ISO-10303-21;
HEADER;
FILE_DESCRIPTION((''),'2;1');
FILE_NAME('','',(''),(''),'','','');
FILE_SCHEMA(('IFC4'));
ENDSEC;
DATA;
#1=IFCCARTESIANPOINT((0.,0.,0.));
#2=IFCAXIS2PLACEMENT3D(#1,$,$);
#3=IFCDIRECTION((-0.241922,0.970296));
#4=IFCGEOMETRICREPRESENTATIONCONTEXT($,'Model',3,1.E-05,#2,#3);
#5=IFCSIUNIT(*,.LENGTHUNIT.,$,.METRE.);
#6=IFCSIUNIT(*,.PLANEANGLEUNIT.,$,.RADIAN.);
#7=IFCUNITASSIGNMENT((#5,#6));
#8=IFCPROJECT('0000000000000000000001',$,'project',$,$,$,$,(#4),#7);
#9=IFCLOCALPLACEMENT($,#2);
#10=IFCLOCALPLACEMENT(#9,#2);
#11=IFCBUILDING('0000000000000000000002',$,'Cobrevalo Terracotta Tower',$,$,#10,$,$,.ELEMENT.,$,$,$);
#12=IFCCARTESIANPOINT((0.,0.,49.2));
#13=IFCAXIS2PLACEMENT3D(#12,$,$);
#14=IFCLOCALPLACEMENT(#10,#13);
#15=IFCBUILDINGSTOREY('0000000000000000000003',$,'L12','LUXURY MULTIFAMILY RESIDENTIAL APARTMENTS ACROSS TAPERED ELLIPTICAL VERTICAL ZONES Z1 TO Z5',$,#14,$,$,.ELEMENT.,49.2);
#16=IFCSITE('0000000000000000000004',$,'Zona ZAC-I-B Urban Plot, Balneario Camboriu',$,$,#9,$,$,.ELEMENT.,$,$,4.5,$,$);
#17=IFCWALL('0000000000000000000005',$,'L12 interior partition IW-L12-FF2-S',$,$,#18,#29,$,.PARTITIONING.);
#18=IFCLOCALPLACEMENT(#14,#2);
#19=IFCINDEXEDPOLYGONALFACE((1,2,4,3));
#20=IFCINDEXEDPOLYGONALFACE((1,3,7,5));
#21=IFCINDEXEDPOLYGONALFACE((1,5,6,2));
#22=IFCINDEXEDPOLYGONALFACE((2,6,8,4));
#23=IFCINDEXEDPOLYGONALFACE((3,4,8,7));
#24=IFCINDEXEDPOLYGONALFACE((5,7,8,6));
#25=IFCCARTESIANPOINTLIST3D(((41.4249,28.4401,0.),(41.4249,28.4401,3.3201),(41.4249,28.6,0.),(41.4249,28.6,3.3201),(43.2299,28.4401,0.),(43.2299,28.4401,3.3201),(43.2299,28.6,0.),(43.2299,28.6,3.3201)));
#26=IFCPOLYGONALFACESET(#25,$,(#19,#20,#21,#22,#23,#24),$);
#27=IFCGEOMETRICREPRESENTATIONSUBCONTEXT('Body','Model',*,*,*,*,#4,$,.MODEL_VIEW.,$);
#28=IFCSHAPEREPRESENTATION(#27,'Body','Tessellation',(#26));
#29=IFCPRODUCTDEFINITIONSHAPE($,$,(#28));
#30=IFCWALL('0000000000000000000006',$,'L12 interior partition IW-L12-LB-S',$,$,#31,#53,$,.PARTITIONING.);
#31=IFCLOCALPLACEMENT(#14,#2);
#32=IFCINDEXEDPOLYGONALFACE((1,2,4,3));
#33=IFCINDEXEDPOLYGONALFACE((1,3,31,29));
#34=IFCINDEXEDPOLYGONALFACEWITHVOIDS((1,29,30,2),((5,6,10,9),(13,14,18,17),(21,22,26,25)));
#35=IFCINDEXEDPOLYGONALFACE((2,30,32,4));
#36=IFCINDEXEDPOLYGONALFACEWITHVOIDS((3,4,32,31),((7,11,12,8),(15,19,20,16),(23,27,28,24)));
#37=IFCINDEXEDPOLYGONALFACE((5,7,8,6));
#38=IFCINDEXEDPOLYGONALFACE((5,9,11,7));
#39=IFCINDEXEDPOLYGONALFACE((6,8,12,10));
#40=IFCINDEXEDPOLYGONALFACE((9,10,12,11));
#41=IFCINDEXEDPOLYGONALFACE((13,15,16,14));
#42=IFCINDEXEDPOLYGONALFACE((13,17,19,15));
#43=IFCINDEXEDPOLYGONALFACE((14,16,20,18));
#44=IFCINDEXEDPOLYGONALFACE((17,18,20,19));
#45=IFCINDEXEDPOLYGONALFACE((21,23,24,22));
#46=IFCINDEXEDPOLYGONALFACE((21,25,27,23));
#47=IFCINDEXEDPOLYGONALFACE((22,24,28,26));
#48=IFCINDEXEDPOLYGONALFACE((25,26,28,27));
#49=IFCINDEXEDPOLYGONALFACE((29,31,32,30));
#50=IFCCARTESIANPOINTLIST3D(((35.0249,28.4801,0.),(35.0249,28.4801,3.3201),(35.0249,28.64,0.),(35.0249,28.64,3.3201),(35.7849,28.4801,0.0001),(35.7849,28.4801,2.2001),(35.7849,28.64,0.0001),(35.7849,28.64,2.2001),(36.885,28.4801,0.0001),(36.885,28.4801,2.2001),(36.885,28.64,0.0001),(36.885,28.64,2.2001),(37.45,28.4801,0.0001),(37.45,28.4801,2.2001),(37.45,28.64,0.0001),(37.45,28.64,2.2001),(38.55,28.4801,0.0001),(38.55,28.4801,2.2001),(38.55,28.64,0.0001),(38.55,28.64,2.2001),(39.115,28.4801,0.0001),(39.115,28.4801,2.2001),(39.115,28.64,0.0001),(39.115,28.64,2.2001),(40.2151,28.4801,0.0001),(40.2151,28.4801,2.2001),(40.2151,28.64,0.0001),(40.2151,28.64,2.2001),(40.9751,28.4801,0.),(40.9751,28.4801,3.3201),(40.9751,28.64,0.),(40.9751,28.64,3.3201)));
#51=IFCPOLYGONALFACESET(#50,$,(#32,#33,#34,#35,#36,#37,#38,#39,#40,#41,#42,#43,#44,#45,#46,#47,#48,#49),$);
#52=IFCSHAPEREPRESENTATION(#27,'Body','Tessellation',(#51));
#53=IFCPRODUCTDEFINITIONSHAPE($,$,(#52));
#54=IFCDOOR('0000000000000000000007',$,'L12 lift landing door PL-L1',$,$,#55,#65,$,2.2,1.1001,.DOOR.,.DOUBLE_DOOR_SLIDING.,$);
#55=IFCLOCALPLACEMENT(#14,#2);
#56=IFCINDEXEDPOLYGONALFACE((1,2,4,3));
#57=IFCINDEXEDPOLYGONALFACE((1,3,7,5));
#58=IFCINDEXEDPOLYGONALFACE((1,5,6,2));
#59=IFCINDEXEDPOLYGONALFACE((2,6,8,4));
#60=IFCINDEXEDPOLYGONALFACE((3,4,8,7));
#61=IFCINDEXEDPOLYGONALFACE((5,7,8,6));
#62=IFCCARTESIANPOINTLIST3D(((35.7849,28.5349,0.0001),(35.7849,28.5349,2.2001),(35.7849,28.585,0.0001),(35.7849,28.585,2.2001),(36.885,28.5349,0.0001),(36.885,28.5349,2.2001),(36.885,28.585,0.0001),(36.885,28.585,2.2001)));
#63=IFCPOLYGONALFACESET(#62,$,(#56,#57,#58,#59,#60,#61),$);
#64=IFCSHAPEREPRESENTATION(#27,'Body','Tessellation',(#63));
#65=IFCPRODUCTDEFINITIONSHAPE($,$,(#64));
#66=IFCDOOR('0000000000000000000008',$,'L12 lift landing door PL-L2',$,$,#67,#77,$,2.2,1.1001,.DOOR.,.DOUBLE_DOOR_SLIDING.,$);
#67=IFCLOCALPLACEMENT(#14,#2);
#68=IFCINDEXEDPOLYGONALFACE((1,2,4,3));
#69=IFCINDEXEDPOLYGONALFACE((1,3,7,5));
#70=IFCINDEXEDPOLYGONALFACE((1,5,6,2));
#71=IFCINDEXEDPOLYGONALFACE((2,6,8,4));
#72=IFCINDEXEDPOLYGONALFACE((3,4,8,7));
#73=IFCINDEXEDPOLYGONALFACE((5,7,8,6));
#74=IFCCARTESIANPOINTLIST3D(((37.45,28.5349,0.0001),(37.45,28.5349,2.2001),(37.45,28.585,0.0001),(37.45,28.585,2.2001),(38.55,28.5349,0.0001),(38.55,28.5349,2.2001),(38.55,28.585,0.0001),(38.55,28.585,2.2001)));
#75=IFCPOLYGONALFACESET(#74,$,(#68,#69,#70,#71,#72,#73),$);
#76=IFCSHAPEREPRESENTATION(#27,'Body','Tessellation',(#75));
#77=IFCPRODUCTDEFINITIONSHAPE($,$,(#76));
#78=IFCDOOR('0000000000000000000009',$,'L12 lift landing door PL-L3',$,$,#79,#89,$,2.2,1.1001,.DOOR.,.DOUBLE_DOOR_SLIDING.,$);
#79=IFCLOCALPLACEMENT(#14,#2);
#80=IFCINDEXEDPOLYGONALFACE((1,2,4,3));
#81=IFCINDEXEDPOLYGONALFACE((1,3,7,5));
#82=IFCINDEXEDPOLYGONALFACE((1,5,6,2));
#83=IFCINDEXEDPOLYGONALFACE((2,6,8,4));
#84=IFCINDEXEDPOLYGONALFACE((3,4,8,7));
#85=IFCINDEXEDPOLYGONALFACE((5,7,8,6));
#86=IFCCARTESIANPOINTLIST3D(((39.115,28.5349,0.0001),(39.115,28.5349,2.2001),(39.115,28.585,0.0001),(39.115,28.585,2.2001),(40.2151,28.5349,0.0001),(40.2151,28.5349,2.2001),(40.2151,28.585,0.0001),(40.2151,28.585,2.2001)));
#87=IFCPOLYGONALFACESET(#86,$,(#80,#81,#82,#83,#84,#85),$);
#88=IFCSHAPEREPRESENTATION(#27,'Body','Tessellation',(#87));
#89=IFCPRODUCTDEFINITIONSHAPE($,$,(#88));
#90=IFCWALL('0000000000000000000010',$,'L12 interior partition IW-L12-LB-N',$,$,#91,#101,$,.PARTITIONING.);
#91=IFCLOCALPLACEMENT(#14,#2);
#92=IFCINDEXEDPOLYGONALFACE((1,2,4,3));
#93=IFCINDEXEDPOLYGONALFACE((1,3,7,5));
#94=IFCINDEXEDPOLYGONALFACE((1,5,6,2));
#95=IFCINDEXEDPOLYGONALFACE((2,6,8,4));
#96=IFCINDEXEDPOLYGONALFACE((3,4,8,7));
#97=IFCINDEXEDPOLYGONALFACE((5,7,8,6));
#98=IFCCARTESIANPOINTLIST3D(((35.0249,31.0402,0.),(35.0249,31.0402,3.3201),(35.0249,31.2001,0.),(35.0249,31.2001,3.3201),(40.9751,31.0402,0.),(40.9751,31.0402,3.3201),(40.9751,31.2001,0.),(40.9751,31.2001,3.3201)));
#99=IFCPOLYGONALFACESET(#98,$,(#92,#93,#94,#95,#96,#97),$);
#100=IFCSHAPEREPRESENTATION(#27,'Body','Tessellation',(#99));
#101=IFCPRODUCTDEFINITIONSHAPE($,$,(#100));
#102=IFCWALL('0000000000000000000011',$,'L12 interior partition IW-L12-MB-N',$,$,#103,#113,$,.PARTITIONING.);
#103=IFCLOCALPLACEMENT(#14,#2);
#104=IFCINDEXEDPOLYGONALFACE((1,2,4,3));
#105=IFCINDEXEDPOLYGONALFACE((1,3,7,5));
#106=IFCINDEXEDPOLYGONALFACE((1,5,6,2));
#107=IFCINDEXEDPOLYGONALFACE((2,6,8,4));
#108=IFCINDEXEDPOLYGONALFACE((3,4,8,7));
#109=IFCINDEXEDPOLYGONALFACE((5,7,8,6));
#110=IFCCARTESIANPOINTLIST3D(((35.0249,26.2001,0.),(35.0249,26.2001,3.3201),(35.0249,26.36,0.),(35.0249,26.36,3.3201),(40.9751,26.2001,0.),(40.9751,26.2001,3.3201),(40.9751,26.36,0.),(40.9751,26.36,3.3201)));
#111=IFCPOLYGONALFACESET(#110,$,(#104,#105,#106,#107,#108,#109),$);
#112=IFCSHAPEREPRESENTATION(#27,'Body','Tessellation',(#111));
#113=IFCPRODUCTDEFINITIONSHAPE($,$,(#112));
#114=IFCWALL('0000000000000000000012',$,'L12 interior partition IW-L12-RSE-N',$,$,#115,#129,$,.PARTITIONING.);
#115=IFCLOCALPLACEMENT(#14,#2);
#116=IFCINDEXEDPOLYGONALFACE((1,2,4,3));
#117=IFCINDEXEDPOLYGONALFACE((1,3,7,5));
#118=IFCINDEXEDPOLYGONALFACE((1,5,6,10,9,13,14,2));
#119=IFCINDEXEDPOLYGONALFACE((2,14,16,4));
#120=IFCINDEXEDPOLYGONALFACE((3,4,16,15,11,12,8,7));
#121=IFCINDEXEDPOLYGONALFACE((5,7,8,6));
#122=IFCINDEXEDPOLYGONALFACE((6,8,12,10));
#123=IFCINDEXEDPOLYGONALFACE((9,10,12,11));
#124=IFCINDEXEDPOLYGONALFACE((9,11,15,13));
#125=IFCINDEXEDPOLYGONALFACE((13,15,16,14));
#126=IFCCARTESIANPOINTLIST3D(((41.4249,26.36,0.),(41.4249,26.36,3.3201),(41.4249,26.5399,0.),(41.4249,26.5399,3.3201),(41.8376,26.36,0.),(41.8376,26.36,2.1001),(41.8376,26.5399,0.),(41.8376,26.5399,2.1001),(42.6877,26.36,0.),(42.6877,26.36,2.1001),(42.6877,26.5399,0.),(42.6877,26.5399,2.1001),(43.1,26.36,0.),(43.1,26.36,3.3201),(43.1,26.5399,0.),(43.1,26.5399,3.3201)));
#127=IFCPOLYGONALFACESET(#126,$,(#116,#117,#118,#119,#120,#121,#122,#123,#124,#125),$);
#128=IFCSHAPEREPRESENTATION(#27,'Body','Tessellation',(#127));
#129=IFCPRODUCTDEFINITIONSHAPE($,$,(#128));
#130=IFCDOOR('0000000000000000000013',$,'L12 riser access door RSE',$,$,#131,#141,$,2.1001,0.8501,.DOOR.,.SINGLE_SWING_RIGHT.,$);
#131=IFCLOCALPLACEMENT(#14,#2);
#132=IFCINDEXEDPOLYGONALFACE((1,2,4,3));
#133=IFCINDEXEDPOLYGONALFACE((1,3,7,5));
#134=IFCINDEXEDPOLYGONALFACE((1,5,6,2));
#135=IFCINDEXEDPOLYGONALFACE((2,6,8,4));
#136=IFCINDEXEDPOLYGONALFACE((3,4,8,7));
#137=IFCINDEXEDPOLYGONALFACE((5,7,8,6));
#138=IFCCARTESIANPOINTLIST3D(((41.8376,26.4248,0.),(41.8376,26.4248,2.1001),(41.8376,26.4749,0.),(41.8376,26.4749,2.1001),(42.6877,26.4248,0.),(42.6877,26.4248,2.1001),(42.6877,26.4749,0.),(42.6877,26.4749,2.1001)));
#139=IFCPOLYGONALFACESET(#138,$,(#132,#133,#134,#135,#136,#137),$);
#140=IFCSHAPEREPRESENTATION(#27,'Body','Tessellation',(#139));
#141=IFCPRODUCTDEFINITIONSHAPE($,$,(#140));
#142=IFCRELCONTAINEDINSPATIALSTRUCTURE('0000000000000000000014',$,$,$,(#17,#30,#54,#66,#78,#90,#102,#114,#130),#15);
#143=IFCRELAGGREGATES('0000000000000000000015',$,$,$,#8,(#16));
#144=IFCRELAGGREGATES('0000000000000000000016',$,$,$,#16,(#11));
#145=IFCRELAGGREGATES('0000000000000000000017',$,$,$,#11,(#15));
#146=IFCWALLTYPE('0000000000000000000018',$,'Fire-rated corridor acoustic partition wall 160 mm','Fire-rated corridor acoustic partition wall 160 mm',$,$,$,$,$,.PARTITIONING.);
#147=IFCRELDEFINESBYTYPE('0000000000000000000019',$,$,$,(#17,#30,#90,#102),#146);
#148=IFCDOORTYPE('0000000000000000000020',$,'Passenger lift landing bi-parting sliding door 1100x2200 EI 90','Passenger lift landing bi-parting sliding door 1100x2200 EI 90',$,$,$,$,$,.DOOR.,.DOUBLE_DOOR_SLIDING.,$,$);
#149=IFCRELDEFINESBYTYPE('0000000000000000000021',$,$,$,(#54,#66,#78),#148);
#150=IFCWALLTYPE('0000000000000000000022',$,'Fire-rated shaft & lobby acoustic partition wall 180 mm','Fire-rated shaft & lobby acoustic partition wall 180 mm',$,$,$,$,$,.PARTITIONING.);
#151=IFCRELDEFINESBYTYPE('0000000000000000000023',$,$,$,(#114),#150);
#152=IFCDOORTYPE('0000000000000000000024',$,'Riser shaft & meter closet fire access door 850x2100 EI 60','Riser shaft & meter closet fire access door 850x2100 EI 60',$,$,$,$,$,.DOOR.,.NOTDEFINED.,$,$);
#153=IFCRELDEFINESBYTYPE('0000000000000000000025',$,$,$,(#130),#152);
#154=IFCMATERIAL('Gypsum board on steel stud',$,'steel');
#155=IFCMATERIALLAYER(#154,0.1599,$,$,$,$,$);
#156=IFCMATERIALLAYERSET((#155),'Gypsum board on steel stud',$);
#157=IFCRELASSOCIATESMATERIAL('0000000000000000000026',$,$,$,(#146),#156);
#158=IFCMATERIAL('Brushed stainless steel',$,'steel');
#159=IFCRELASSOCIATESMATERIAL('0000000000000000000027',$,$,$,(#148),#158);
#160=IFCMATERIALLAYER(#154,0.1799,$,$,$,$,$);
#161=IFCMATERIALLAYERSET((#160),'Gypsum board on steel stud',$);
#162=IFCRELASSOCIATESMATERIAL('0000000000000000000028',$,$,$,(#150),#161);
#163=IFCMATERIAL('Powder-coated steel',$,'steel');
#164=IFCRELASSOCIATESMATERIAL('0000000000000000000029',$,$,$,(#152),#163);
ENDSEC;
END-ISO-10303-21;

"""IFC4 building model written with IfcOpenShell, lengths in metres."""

from ifc_helpers import new_model, si_unit, direction, frame, frame_2d, origin, place, context, subcontext, project, spatial, rectangle, extrude, source, transform, mapped, material, layer, layer_set, type_object, element, fill, save


model = new_model("IFC4")

# Units and contexts
model_context = context("Model", 3, precision=1e-05, world=origin(), true_north=direction((-0.241922, 0.970296)))
body_context = subcontext(model_context, "Body", "Model", "MODEL_VIEW")
ifc_project = project(units=[si_unit("LENGTHUNIT", "METRE"), si_unit("PLANEANGLEUNIT", "RADIAN")], contexts=[model_context])

# Site, building, storey
site_placement = place(None, origin())
site = spatial("IfcSite", under=ifc_project, at=site_placement, Name="Zona ZAC-I-B Urban Plot, Balneario Camboriu", CompositionType="ELEMENT", RefElevation=4.5)
building_placement = place(site_placement, origin())
building = spatial("IfcBuilding", under=site, at=building_placement, Name="Cobrevalo Terracotta Tower", CompositionType="ELEMENT")
storey_placement = place(building_placement, frame((0.0, 0.0, 49.2)))
storey = spatial("IfcBuildingStorey", under=building, at=storey_placement, Name="L12", Description="LUXURY MULTIFAMILY RESIDENTIAL APARTMENTS ACROSS TAPERED ELLIPTICAL VERTICAL ZONES Z1 TO Z5", CompositionType="ELEMENT", Elevation=49.2)

# Wall
ifc_material_1 = material(Name="Gypsum board on steel stud", Category="steel")
ifc_layer_1 = layer(ifc_material_1, 0.1599)
ifc_layer_set_1 = layer_set([ifc_layer_1], Name="Gypsum board on steel stud")
wall_type_1 = type_object("IfcWallType", Name="Fire-rated corridor acoustic partition wall 160 mm", Description="Fire-rated corridor acoustic partition wall 160 mm", PredefinedType="PARTITIONING", material=ifc_layer_set_1)
wall_1_placement = place(storey_placement, frame((41.425, 28.52, 0.0), z_axis=(0.0, 0.0, 1.0), x_axis=(1.0, 0.0, 0.0)))
element("IfcWall", 1, at=wall_1_placement, inside=storey, type_object=wall_type_1, Name="L12 interior partition IW-L12-FF2-S", PredefinedType="PARTITIONING", context=body_context, shape_type="SweptSolid", body=[
    extrude(rectangle(XDim=1.8049, YDim=0.1599, at=frame_2d((0.9023, 0.0))), origin(), (0.0, 0.0, 1.0), 3.3201),
])

# Wall, openings, doors
wall_2_placement = place(storey_placement, frame((35.0249, 28.5601, 0.0), z_axis=(0.0, 0.0, 1.0), x_axis=(1.0, 0.0, 0.0)))
wall_2 = element("IfcWall", 2, at=wall_2_placement, inside=storey, type_object=wall_type_1, Name="L12 interior partition IW-L12-LB-S", PredefinedType="PARTITIONING", context=body_context, shape_type="SweptSolid", body=[
    extrude(rectangle(XDim=5.9502, YDim=0.1599, at=frame_2d((2.9751, 0.0))), origin(), (0.0, 0.0, 1.0), 3.3201),
])
opening_1_placement = place(wall_2_placement, frame((0.76, 0.0, 0.0)))
opening_1 = element("IfcOpeningElement", 3, at=opening_1_placement, cuts=wall_2, PredefinedType="OPENING", context=body_context, shape_type="SweptSolid", body=[
    extrude(rectangle(XDim=1.1001, YDim=2.2, at=frame_2d((0.55, 1.1001))), frame((0.0, 0.0898, 0.0), z_axis=(0.0, -1.0, 0.0), x_axis=(1.0, 0.0, 0.0)), (0.0, 0.0, 1.0), 0.1799),
])
opening_2_placement = place(wall_2_placement, frame((2.425, 0.0, 0.0)))
opening_2 = element("IfcOpeningElement", 4, at=opening_2_placement, cuts=wall_2, PredefinedType="OPENING", context=body_context, shape_type="SweptSolid", body=[
    extrude(rectangle(XDim=1.1001, YDim=2.2, at=frame_2d((0.55, 1.1001))), frame((0.0, 0.0898, 0.0), z_axis=(0.0, -1.0, 0.0), x_axis=(1.0, 0.0, 0.0)), (0.0, 0.0, 1.0), 0.1799),
])
opening_3_placement = place(wall_2_placement, frame((4.0901, 0.0, 0.0)))
opening_3 = element("IfcOpeningElement", 5, at=opening_3_placement, cuts=wall_2, PredefinedType="OPENING", context=body_context, shape_type="SweptSolid", body=[
    extrude(rectangle(XDim=1.1001, YDim=2.2, at=frame_2d((0.55, 1.1001))), frame((0.0, 0.0898, 0.0), z_axis=(0.0, -1.0, 0.0), x_axis=(1.0, 0.0, 0.0)), (0.0, 0.0, 1.0), 0.1799),
])
ifc_material_2 = material(Name="Brushed stainless steel", Category="steel")
door_type_1 = type_object("IfcDoorType", Name="Passenger lift landing bi-parting sliding door 1100x2200 EI 90", Description="Passenger lift landing bi-parting sliding door 1100x2200 EI 90", OperationType="DOUBLE_DOOR_SLIDING", PredefinedType="DOOR", material=ifc_material_2)
shared_shape_1 = source(origin(), body_context, "Body", "SweptSolid", [
    extrude(rectangle(XDim=1.1001, YDim=2.2, at=frame_2d((0.55, 1.1001))), frame((0.0, 0.0249, 0.0), z_axis=(0.0, -1.0, 0.0), x_axis=(1.0, 0.0, 0.0)), (0.0, 0.0, 1.0), 0.05),
])
door_1_placement = place(opening_1_placement, origin())
door_1 = element("IfcDoor", 6, at=door_1_placement, inside=storey, type_object=door_type_1, Name="L12 lift landing door PL-L1", OperationType="DOUBLE_DOOR_SLIDING", OverallHeight=2.2, OverallWidth=1.1001, PredefinedType="DOOR", context=body_context, shape_type="MappedRepresentation", body=[
    mapped(shared_shape_1, transform((0.0, 0.0, 0.0), scale=1.0)),
])
fill(opening_1, door_1)
door_2_placement = place(opening_2_placement, origin())
door_2 = element("IfcDoor", 7, at=door_2_placement, inside=storey, type_object=door_type_1, Name="L12 lift landing door PL-L2", OperationType="DOUBLE_DOOR_SLIDING", OverallHeight=2.2, OverallWidth=1.1001, PredefinedType="DOOR", context=body_context, shape_type="MappedRepresentation", body=[
    mapped(shared_shape_1, transform((0.0, 0.0, 0.0), scale=1.0)),
])
fill(opening_2, door_2)
door_3_placement = place(opening_3_placement, origin())
door_3 = element("IfcDoor", 8, at=door_3_placement, inside=storey, type_object=door_type_1, Name="L12 lift landing door PL-L3", OperationType="DOUBLE_DOOR_SLIDING", OverallHeight=2.2, OverallWidth=1.1001, PredefinedType="DOOR", context=body_context, shape_type="MappedRepresentation", body=[
    mapped(shared_shape_1, transform((0.0, 0.0, 0.0), scale=1.0)),
])
fill(opening_3, door_3)

# Walls
for number, where, z_axis, x_axis, name in (
    (9, (35.0249, 31.1201, 0.0), (0.0, 0.0, 1.0), (1.0, 0.0, 0.0), "L12 interior partition IW-L12-LB-N"),
    (10, (35.0249, 26.28, 0.0), (0.0, 0.0, 1.0), (1.0, 0.0, 0.0), "L12 interior partition IW-L12-MB-N"),
):
    element("IfcWall", number, at=place(storey_placement, frame(where, z_axis=z_axis, x_axis=x_axis)), inside=storey, type_object=wall_type_1, Name=name, PredefinedType="PARTITIONING", context=body_context, shape_type="SweptSolid", body=[
        extrude(rectangle(XDim=5.9502, YDim=0.1599, at=frame_2d((2.9751, 0.0))), origin(), (0.0, 0.0, 1.0), 3.3201),
    ])

# Wall, opening, door
ifc_layer_2 = layer(ifc_material_1, 0.1799)
ifc_layer_set_2 = layer_set([ifc_layer_2], Name="Gypsum board on steel stud")
wall_type_2 = type_object("IfcWallType", Name="Fire-rated shaft & lobby acoustic partition wall 180 mm", Description="Fire-rated shaft & lobby acoustic partition wall 180 mm", PredefinedType="PARTITIONING", material=ifc_layer_set_2)
wall_3_placement = place(storey_placement, frame((41.425, 26.45, 0.0), z_axis=(0.0, 0.0, 1.0), x_axis=(1.0, 0.0, 0.0)))
wall_3 = element("IfcWall", 11, at=wall_3_placement, inside=storey, type_object=wall_type_2, Name="L12 interior partition IW-L12-RSE-N", PredefinedType="PARTITIONING", context=body_context, shape_type="SweptSolid", body=[
    extrude(rectangle(XDim=1.675, YDim=0.1799, at=frame_2d((0.8374, 0.0))), origin(), (0.0, 0.0, 1.0), 3.3201),
])
opening_4_placement = place(wall_3_placement, frame((0.4126, 0.0, 0.0)))
opening_4 = element("IfcOpeningElement", 12, at=opening_4_placement, cuts=wall_3, PredefinedType="OPENING", context=body_context, shape_type="SweptSolid", body=[
    extrude(rectangle(XDim=0.8501, YDim=2.1001, at=frame_2d((0.425, 1.05))), frame((0.0, 0.1001, 0.0), z_axis=(0.0, -1.0, 0.0), x_axis=(1.0, 0.0, 0.0)), (0.0, 0.0, 1.0), 0.2),
])
ifc_material_3 = material(Name="Powder-coated steel", Category="steel")
door_type_2 = type_object("IfcDoorType", Name="Riser shaft & meter closet fire access door 850x2100 EI 60", Description="Riser shaft & meter closet fire access door 850x2100 EI 60", OperationType="NOTDEFINED", PredefinedType="DOOR", material=ifc_material_3)
shared_shape_2 = source(origin(), body_context, "Body", "SweptSolid", [
    extrude(rectangle(XDim=0.8501, YDim=2.1001, at=frame_2d((0.425, 1.05))), frame((0.0, 0.0249, 0.0), z_axis=(0.0, -1.0, 0.0), x_axis=(1.0, 0.0, 0.0)), (0.0, 0.0, 1.0), 0.05),
])
door_4_placement = place(opening_4_placement, origin())
door_4 = element("IfcDoor", 13, at=door_4_placement, inside=storey, type_object=door_type_2, Name="L12 riser access door RSE", OperationType="SINGLE_SWING_RIGHT", OverallHeight=2.1001, OverallWidth=0.8501, PredefinedType="DOOR", context=body_context, shape_type="MappedRepresentation", body=[
    mapped(shared_shape_2, transform((0.0, 0.0, 0.0), scale=1.0)),
])
fill(opening_4, door_4)

save(model, "model.ifc")
